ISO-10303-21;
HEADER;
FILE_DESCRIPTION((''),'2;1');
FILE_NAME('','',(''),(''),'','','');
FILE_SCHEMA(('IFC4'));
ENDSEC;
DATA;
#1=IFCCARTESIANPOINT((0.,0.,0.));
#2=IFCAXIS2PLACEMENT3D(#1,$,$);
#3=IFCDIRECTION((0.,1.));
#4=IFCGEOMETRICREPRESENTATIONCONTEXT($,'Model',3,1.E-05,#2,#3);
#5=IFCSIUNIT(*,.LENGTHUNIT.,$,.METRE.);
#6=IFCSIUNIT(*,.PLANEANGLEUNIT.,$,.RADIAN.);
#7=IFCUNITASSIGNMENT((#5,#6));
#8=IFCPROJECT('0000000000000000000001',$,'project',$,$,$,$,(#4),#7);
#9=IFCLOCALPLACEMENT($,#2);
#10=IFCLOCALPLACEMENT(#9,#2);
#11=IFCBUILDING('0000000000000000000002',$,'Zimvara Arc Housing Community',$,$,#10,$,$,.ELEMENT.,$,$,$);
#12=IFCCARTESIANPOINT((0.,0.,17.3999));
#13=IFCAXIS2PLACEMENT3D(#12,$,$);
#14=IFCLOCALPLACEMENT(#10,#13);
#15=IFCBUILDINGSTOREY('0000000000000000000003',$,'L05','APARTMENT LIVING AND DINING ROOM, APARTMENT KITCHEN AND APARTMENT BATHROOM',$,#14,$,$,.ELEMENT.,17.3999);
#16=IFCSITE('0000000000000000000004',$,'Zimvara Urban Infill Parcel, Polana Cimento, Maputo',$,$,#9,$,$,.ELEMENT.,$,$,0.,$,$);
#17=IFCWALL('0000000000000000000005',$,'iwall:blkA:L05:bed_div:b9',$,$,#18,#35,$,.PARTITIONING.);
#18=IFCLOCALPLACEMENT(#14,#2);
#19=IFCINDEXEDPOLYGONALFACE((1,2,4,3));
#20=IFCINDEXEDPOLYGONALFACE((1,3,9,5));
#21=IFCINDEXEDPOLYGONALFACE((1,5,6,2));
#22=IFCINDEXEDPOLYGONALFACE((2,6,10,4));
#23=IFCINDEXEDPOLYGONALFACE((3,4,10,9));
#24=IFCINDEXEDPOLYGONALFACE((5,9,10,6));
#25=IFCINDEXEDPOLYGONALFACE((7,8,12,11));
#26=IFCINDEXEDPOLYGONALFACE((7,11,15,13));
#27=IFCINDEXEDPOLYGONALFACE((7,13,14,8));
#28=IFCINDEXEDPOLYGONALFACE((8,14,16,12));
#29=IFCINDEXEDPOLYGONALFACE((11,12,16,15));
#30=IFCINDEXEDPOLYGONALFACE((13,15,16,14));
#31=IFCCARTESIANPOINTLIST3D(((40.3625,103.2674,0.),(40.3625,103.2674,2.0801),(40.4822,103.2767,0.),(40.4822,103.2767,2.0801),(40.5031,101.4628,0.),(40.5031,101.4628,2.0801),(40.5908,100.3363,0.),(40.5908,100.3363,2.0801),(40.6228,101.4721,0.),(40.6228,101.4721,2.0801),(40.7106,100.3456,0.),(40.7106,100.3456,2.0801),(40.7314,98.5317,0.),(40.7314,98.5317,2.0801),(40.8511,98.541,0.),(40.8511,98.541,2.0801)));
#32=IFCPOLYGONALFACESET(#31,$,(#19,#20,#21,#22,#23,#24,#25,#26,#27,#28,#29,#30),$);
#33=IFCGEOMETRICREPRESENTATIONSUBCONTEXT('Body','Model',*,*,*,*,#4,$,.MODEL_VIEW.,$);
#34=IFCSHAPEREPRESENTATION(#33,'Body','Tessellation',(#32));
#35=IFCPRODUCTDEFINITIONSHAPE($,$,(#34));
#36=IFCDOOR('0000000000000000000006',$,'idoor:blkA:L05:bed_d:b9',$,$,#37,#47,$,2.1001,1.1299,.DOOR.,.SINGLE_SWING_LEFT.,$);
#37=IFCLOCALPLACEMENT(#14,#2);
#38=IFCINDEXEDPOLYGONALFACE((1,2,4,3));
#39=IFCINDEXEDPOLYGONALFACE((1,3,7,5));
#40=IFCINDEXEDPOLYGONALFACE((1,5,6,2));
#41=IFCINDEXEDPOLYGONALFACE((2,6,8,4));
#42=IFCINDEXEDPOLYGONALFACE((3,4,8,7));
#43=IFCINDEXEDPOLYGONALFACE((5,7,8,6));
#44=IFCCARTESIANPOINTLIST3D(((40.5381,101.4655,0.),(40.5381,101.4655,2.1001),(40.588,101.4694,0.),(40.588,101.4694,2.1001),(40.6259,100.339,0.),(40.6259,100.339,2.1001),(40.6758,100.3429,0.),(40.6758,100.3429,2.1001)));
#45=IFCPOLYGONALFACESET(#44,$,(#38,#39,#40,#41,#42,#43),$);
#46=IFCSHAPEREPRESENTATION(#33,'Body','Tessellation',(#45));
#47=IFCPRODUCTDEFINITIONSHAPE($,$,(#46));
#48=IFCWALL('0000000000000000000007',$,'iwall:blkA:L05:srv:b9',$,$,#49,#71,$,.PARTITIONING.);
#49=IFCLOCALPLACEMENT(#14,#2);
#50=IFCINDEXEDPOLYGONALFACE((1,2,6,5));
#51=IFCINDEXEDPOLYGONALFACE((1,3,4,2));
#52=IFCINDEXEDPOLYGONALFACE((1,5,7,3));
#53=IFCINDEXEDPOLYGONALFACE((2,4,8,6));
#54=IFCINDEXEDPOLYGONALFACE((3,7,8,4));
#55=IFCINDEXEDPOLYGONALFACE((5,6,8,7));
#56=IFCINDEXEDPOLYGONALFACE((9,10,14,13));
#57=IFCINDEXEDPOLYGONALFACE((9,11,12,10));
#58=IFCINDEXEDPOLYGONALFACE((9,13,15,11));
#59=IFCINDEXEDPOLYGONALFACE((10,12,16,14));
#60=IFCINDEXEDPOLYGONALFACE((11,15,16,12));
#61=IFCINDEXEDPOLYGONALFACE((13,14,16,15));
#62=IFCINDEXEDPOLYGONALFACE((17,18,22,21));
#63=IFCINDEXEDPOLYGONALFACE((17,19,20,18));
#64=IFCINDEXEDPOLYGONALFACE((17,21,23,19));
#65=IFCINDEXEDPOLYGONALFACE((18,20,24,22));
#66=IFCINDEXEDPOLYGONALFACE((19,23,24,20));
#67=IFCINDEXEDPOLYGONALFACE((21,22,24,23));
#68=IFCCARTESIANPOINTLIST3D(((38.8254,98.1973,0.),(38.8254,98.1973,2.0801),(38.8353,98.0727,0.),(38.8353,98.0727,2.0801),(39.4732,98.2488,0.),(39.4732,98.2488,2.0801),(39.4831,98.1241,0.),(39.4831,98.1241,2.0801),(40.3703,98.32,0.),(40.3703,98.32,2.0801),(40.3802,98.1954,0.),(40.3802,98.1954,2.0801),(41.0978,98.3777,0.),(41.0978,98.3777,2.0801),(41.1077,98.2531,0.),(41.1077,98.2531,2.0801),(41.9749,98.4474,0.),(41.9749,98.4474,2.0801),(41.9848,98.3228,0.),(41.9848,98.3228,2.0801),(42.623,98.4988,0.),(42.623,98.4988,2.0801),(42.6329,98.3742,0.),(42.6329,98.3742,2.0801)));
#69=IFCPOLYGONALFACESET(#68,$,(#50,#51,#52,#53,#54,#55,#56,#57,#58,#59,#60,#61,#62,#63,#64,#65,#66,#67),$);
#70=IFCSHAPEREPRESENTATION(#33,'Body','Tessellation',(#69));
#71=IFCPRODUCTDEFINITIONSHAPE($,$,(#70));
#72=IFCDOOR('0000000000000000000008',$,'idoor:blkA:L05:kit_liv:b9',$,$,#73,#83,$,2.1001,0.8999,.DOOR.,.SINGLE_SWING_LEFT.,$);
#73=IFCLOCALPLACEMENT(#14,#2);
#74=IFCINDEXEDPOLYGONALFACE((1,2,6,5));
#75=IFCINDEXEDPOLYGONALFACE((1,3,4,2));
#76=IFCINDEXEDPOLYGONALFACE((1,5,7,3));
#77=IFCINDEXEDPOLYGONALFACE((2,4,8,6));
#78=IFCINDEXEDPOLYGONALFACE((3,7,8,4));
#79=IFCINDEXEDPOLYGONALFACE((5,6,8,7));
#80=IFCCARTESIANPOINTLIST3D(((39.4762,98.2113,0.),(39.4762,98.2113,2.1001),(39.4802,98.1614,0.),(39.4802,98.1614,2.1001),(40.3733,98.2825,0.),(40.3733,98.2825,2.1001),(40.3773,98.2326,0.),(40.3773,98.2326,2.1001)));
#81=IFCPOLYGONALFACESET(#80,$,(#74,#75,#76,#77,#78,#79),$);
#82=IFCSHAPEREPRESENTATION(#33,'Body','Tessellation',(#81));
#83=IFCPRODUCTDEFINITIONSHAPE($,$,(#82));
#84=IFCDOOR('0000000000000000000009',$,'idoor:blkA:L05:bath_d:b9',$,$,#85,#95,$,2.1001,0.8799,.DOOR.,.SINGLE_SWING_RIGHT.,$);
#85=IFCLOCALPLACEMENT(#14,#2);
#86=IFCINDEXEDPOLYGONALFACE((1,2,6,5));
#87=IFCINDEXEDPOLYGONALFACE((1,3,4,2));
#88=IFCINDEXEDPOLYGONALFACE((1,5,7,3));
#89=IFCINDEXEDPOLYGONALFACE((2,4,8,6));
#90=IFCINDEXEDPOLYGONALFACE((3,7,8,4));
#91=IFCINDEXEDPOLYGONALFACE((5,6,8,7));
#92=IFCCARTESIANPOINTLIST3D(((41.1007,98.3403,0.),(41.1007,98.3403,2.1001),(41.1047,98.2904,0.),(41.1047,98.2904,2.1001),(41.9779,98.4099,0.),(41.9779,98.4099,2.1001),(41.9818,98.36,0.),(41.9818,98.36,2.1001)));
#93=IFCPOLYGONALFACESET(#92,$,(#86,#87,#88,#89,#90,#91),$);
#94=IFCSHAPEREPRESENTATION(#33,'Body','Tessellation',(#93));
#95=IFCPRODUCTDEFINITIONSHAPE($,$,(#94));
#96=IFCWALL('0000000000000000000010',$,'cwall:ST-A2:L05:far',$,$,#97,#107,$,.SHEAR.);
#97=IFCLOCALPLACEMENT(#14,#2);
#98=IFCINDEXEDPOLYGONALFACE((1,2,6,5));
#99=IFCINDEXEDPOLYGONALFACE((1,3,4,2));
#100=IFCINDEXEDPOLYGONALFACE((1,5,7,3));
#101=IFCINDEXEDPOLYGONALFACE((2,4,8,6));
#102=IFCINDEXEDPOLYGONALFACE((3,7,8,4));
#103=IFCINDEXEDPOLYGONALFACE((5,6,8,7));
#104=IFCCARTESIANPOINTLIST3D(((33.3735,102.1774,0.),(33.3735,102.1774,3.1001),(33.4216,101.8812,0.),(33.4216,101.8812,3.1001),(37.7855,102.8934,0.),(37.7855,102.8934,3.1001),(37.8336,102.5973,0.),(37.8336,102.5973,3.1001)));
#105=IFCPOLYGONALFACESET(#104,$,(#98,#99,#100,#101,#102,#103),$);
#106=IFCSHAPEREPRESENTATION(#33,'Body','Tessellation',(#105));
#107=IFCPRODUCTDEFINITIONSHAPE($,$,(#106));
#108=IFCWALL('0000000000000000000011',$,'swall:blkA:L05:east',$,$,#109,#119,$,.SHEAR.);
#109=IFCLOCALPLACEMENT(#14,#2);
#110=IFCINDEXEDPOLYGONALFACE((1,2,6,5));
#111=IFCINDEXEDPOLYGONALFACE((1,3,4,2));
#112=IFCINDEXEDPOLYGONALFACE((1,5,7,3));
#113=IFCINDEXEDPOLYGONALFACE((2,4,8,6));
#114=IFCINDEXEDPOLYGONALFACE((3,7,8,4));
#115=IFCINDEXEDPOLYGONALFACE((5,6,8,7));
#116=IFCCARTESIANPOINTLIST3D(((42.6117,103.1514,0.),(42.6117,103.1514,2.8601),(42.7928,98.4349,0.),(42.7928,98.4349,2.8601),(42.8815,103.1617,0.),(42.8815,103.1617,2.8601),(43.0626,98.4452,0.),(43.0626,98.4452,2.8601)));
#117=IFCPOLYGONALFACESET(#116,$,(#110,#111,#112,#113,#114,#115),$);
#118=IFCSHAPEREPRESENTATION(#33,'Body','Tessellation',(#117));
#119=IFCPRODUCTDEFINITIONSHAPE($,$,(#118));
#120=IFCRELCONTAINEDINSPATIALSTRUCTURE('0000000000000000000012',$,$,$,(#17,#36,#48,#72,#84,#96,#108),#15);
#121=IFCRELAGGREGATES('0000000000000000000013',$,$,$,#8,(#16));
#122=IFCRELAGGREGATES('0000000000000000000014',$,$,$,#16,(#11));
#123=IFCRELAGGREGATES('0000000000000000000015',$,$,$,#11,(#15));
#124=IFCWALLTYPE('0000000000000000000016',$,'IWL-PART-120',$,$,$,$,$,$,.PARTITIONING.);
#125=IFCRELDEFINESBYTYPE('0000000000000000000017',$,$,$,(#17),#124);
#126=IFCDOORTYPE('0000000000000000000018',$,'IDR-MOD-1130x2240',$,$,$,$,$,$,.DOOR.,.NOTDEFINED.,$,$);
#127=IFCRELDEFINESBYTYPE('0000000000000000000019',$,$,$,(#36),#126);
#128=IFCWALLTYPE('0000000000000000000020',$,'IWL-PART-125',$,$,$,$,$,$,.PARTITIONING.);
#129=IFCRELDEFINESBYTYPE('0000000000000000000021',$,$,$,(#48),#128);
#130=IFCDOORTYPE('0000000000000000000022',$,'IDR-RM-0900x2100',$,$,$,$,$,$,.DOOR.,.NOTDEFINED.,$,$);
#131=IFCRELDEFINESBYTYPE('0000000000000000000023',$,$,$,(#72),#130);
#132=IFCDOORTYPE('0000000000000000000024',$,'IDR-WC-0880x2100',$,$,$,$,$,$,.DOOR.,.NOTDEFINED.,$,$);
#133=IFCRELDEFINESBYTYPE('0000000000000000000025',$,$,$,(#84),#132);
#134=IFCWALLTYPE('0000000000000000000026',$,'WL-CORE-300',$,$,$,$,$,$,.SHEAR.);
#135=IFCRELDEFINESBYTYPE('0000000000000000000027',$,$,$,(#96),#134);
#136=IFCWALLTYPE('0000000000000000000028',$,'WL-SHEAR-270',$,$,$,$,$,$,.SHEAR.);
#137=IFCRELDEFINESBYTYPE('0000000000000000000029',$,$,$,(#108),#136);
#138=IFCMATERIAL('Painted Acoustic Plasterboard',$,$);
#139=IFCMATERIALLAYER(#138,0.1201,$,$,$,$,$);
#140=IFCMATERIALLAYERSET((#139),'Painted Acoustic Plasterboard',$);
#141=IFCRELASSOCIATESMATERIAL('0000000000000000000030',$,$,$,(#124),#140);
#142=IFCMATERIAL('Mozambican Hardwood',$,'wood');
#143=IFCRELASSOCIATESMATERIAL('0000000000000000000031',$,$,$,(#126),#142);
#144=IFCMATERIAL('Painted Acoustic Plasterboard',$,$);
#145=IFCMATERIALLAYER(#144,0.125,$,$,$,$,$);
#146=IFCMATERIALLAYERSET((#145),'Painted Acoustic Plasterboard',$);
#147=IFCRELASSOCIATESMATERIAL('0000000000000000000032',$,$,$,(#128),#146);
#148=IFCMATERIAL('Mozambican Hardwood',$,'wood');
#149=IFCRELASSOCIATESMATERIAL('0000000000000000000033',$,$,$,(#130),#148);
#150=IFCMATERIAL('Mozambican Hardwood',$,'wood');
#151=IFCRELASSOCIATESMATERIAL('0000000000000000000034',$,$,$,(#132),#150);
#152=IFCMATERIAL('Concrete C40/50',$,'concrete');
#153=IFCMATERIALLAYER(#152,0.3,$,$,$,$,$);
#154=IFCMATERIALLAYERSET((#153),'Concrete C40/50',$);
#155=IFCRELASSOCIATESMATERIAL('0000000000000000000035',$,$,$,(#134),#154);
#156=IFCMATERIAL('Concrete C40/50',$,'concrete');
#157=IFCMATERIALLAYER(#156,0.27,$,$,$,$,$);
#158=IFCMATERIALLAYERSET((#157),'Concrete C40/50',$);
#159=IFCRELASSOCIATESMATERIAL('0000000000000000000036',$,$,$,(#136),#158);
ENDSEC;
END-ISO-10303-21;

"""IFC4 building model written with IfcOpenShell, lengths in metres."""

from ifc_helpers import new_model, si_unit, direction, frame, frame_2d, origin, place, context, subcontext, project, spatial, rectangle, extrude, material, layer, layer_set, type_object, element, fill, save


model = new_model("IFC4")

# Units and contexts
model_context = context("Model", 3, precision=1e-05, world=origin(), true_north=direction((0.0, 1.0)))
body_context = subcontext(model_context, "Body", "Model", "MODEL_VIEW")
ifc_project = project(units=[si_unit("LENGTHUNIT", "METRE"), si_unit("PLANEANGLEUNIT", "RADIAN")], contexts=[model_context])

# Site, building, storey
site_placement = place(None, origin())
site = spatial("IfcSite", under=ifc_project, at=site_placement, Name="Zimvara Urban Infill Parcel, Polana Cimento, Maputo", CompositionType="ELEMENT", RefElevation=0.0)
building_placement = place(site_placement, origin())
building = spatial("IfcBuilding", under=site, at=building_placement, Name="Zimvara Arc Housing Community", CompositionType="ELEMENT")
storey_placement = place(building_placement, frame((0.0, 0.0, 17.3999)))
storey = spatial("IfcBuildingStorey", under=building, at=storey_placement, Name="L05", Description="APARTMENT LIVING AND DINING ROOM, APARTMENT KITCHEN AND APARTMENT BATHROOM", CompositionType="ELEMENT", Elevation=17.3999)

# Wall, opening, door
ifc_material_1 = material(Name="Painted Acoustic Plasterboard")
ifc_layer_1 = layer(ifc_material_1, 0.1201)
ifc_layer_set_1 = layer_set([ifc_layer_1], Name="Painted Acoustic Plasterboard")
wall_type_1 = type_object("IfcWallType", Name="IWL-PART-120", PredefinedType="PARTITIONING", material=ifc_layer_set_1)
wall_1_placement = place(storey_placement, frame((40.7913, 98.5364, 0.0), z_axis=(0.0, 0.0, 1.0), x_axis=(-0.077663, 0.99698, 0.0)))
wall_1 = element("IfcWall", 1, at=wall_1_placement, inside=storey, type_object=wall_type_1, Name="iwall:blkA:L05:bed_div:b9", PredefinedType="PARTITIONING", context=body_context, shape_type="SweptSolid", body=[
    extrude(rectangle(XDim=4.75, YDim=0.1201, at=frame_2d((2.375, 0.0))), origin(), (0.0, 0.0, 1.0), 2.0801),
])
opening_1_placement = place(wall_1_placement, frame((1.8101, 0.0, 0.0)))
opening_1 = element("IfcOpeningElement", 2, at=opening_1_placement, cuts=wall_1, PredefinedType="OPENING", context=body_context, shape_type="SweptSolid", body=[
    extrude(rectangle(XDim=1.1299, YDim=2.1001, at=frame_2d((0.5649, 1.05))), frame((0.0, 0.0701, 0.0), z_axis=(0.0, -1.0, 0.0), x_axis=(1.0, 0.0, 0.0)), (0.0, 0.0, 1.0), 0.1401),
])
ifc_material_2 = material(Name="Mozambican Hardwood", Category="wood")
door_type_1 = type_object("IfcDoorType", Name="IDR-MOD-1130x2240", OperationType="NOTDEFINED", PredefinedType="DOOR", material=ifc_material_2)
door_1_placement = place(opening_1_placement, origin())
door_1 = element("IfcDoor", 3, at=door_1_placement, inside=storey, type_object=door_type_1, Name="idoor:blkA:L05:bed_d:b9", OperationType="SINGLE_SWING_LEFT", OverallHeight=2.1001, OverallWidth=1.1299, PredefinedType="DOOR", context=body_context, shape_type="SweptSolid", body=[
    extrude(rectangle(XDim=1.1299, YDim=2.1001, at=frame_2d((0.5649, 1.05))), frame((0.0, 0.0249, 0.0), z_axis=(0.0, -1.0, 0.0), x_axis=(1.0, 0.0, 0.0)), (0.0, 0.0, 1.0), 0.05),
])
fill(opening_1, door_1)

# Wall, openings, doors
ifc_material_3 = material(Name="Painted Acoustic Plasterboard")
ifc_layer_2 = layer(ifc_material_3, 0.125)
ifc_layer_set_2 = layer_set([ifc_layer_2], Name="Painted Acoustic Plasterboard")
wall_type_2 = type_object("IfcWallType", Name="IWL-PART-125", PredefinedType="PARTITIONING", material=ifc_layer_set_2)
wall_2_placement = place(storey_placement, frame((38.8303, 98.135, 0.0), z_axis=(0.0, 0.0, 1.0), x_axis=(0.996863, 0.079147, 0.0)))
wall_2 = element("IfcWall", 4, at=wall_2_placement, inside=storey, type_object=wall_type_2, Name="iwall:blkA:L05:srv:b9", PredefinedType="PARTITIONING", context=body_context, shape_type="SweptSolid", body=[
    extrude(rectangle(XDim=3.8096, YDim=0.125, at=frame_2d((1.9048, 0.0))), origin(), (0.0, 0.0, 1.0), 2.0801),
])
opening_2_placement = place(wall_2_placement, frame((0.6499, 0.0, 0.0)))
opening_2 = element("IfcOpeningElement", 5, at=opening_2_placement, cuts=wall_2, PredefinedType="OPENING", context=body_context, shape_type="SweptSolid", body=[
    extrude(rectangle(XDim=0.8999, YDim=2.1001, at=frame_2d((0.45, 1.05))), frame((0.0, 0.0725, 0.0), z_axis=(0.0, -1.0, 0.0), x_axis=(1.0, 0.0, 0.0)), (0.0, 0.0, 1.0), 0.145),
])
opening_3_placement = place(wall_2_placement, frame((2.2795, 0.0, 0.0)))
opening_3 = element("IfcOpeningElement", 6, at=opening_3_placement, cuts=wall_2, PredefinedType="OPENING", context=body_context, shape_type="SweptSolid", body=[
    extrude(rectangle(XDim=0.8799, YDim=2.1001, at=frame_2d((0.4399, 1.05))), frame((0.0, 0.0725, 0.0), z_axis=(0.0, -1.0, 0.0), x_axis=(1.0, 0.0, 0.0)), (0.0, 0.0, 1.0), 0.145),
])
ifc_material_4 = material(Name="Mozambican Hardwood", Category="wood")
door_type_2 = type_object("IfcDoorType", Name="IDR-RM-0900x2100", OperationType="NOTDEFINED", PredefinedType="DOOR", material=ifc_material_4)
door_2_placement = place(opening_2_placement, origin())
door_2 = element("IfcDoor", 7, at=door_2_placement, inside=storey, type_object=door_type_2, Name="idoor:blkA:L05:kit_liv:b9", OperationType="SINGLE_SWING_LEFT", OverallHeight=2.1001, OverallWidth=0.8999, PredefinedType="DOOR", context=body_context, shape_type="SweptSolid", body=[
    extrude(rectangle(XDim=0.8999, YDim=2.1001, at=frame_2d((0.45, 1.05))), frame((0.0, 0.0249, 0.0), z_axis=(0.0, -1.0, 0.0), x_axis=(1.0, 0.0, 0.0)), (0.0, 0.0, 1.0), 0.05),
])
fill(opening_2, door_2)
ifc_material_5 = material(Name="Mozambican Hardwood", Category="wood")
door_type_3 = type_object("IfcDoorType", Name="IDR-WC-0880x2100", OperationType="NOTDEFINED", PredefinedType="DOOR", material=ifc_material_5)
door_3_placement = place(opening_3_placement, origin())
door_3 = element("IfcDoor", 8, at=door_3_placement, inside=storey, type_object=door_type_3, Name="idoor:blkA:L05:bath_d:b9", OperationType="SINGLE_SWING_RIGHT", OverallHeight=2.1001, OverallWidth=0.8799, PredefinedType="DOOR", context=body_context, shape_type="SweptSolid", body=[
    extrude(rectangle(XDim=0.8799, YDim=2.1001, at=frame_2d((0.4399, 1.05))), frame((0.0, 0.0249, 0.0), z_axis=(0.0, -1.0, 0.0), x_axis=(1.0, 0.0, 0.0)), (0.0, 0.0, 1.0), 0.05),
])
fill(opening_3, door_3)

# Walls
ifc_material_6 = material(Name="Concrete C40/50", Category="concrete")
ifc_layer_3 = layer(ifc_material_6, 0.3)
ifc_layer_set_3 = layer_set([ifc_layer_3], Name="Concrete C40/50")
wall_type_3 = type_object("IfcWallType", Name="WL-CORE-300", PredefinedType="SHEAR", material=ifc_layer_set_3)
wall_3_placement = place(storey_placement, frame((37.8096, 102.7454, 0.0), z_axis=(0.0, 0.0, 1.0), x_axis=(-0.987085, -0.160199, 0.0)))
element("IfcWall", 9, at=wall_3_placement, inside=storey, type_object=wall_type_3, Name="cwall:ST-A2:L05:far", PredefinedType="SHEAR", context=body_context, shape_type="SweptSolid", body=[
    extrude(rectangle(XDim=4.4697, YDim=0.3, at=frame_2d((2.2349, 0.0))), origin(), (0.0, 0.0, 1.0), 3.1001),
])
ifc_material_7 = material(Name="Concrete C40/50", Category="concrete")
ifc_layer_4 = layer(ifc_material_7, 0.27)
ifc_layer_set_4 = layer_set([ifc_layer_4], Name="Concrete C40/50")
wall_type_4 = type_object("IfcWallType", Name="WL-SHEAR-270", PredefinedType="SHEAR", material=ifc_layer_set_4)
wall_4_placement = place(storey_placement, frame((42.9277, 98.4402, 0.0), z_axis=(0.0, 0.0, 1.0), x_axis=(-0.038379, 0.999263, 0.0)))
element("IfcWall", 10, at=wall_4_placement, inside=storey, type_object=wall_type_4, Name="swall:blkA:L05:east", PredefinedType="SHEAR", context=body_context, shape_type="SweptSolid", body=[
    extrude(rectangle(XDim=4.72, YDim=0.27, at=frame_2d((2.3599, 0.0))), origin(), (0.0, 0.0, 1.0), 2.8601),
])

save(model, "model.ifc")
